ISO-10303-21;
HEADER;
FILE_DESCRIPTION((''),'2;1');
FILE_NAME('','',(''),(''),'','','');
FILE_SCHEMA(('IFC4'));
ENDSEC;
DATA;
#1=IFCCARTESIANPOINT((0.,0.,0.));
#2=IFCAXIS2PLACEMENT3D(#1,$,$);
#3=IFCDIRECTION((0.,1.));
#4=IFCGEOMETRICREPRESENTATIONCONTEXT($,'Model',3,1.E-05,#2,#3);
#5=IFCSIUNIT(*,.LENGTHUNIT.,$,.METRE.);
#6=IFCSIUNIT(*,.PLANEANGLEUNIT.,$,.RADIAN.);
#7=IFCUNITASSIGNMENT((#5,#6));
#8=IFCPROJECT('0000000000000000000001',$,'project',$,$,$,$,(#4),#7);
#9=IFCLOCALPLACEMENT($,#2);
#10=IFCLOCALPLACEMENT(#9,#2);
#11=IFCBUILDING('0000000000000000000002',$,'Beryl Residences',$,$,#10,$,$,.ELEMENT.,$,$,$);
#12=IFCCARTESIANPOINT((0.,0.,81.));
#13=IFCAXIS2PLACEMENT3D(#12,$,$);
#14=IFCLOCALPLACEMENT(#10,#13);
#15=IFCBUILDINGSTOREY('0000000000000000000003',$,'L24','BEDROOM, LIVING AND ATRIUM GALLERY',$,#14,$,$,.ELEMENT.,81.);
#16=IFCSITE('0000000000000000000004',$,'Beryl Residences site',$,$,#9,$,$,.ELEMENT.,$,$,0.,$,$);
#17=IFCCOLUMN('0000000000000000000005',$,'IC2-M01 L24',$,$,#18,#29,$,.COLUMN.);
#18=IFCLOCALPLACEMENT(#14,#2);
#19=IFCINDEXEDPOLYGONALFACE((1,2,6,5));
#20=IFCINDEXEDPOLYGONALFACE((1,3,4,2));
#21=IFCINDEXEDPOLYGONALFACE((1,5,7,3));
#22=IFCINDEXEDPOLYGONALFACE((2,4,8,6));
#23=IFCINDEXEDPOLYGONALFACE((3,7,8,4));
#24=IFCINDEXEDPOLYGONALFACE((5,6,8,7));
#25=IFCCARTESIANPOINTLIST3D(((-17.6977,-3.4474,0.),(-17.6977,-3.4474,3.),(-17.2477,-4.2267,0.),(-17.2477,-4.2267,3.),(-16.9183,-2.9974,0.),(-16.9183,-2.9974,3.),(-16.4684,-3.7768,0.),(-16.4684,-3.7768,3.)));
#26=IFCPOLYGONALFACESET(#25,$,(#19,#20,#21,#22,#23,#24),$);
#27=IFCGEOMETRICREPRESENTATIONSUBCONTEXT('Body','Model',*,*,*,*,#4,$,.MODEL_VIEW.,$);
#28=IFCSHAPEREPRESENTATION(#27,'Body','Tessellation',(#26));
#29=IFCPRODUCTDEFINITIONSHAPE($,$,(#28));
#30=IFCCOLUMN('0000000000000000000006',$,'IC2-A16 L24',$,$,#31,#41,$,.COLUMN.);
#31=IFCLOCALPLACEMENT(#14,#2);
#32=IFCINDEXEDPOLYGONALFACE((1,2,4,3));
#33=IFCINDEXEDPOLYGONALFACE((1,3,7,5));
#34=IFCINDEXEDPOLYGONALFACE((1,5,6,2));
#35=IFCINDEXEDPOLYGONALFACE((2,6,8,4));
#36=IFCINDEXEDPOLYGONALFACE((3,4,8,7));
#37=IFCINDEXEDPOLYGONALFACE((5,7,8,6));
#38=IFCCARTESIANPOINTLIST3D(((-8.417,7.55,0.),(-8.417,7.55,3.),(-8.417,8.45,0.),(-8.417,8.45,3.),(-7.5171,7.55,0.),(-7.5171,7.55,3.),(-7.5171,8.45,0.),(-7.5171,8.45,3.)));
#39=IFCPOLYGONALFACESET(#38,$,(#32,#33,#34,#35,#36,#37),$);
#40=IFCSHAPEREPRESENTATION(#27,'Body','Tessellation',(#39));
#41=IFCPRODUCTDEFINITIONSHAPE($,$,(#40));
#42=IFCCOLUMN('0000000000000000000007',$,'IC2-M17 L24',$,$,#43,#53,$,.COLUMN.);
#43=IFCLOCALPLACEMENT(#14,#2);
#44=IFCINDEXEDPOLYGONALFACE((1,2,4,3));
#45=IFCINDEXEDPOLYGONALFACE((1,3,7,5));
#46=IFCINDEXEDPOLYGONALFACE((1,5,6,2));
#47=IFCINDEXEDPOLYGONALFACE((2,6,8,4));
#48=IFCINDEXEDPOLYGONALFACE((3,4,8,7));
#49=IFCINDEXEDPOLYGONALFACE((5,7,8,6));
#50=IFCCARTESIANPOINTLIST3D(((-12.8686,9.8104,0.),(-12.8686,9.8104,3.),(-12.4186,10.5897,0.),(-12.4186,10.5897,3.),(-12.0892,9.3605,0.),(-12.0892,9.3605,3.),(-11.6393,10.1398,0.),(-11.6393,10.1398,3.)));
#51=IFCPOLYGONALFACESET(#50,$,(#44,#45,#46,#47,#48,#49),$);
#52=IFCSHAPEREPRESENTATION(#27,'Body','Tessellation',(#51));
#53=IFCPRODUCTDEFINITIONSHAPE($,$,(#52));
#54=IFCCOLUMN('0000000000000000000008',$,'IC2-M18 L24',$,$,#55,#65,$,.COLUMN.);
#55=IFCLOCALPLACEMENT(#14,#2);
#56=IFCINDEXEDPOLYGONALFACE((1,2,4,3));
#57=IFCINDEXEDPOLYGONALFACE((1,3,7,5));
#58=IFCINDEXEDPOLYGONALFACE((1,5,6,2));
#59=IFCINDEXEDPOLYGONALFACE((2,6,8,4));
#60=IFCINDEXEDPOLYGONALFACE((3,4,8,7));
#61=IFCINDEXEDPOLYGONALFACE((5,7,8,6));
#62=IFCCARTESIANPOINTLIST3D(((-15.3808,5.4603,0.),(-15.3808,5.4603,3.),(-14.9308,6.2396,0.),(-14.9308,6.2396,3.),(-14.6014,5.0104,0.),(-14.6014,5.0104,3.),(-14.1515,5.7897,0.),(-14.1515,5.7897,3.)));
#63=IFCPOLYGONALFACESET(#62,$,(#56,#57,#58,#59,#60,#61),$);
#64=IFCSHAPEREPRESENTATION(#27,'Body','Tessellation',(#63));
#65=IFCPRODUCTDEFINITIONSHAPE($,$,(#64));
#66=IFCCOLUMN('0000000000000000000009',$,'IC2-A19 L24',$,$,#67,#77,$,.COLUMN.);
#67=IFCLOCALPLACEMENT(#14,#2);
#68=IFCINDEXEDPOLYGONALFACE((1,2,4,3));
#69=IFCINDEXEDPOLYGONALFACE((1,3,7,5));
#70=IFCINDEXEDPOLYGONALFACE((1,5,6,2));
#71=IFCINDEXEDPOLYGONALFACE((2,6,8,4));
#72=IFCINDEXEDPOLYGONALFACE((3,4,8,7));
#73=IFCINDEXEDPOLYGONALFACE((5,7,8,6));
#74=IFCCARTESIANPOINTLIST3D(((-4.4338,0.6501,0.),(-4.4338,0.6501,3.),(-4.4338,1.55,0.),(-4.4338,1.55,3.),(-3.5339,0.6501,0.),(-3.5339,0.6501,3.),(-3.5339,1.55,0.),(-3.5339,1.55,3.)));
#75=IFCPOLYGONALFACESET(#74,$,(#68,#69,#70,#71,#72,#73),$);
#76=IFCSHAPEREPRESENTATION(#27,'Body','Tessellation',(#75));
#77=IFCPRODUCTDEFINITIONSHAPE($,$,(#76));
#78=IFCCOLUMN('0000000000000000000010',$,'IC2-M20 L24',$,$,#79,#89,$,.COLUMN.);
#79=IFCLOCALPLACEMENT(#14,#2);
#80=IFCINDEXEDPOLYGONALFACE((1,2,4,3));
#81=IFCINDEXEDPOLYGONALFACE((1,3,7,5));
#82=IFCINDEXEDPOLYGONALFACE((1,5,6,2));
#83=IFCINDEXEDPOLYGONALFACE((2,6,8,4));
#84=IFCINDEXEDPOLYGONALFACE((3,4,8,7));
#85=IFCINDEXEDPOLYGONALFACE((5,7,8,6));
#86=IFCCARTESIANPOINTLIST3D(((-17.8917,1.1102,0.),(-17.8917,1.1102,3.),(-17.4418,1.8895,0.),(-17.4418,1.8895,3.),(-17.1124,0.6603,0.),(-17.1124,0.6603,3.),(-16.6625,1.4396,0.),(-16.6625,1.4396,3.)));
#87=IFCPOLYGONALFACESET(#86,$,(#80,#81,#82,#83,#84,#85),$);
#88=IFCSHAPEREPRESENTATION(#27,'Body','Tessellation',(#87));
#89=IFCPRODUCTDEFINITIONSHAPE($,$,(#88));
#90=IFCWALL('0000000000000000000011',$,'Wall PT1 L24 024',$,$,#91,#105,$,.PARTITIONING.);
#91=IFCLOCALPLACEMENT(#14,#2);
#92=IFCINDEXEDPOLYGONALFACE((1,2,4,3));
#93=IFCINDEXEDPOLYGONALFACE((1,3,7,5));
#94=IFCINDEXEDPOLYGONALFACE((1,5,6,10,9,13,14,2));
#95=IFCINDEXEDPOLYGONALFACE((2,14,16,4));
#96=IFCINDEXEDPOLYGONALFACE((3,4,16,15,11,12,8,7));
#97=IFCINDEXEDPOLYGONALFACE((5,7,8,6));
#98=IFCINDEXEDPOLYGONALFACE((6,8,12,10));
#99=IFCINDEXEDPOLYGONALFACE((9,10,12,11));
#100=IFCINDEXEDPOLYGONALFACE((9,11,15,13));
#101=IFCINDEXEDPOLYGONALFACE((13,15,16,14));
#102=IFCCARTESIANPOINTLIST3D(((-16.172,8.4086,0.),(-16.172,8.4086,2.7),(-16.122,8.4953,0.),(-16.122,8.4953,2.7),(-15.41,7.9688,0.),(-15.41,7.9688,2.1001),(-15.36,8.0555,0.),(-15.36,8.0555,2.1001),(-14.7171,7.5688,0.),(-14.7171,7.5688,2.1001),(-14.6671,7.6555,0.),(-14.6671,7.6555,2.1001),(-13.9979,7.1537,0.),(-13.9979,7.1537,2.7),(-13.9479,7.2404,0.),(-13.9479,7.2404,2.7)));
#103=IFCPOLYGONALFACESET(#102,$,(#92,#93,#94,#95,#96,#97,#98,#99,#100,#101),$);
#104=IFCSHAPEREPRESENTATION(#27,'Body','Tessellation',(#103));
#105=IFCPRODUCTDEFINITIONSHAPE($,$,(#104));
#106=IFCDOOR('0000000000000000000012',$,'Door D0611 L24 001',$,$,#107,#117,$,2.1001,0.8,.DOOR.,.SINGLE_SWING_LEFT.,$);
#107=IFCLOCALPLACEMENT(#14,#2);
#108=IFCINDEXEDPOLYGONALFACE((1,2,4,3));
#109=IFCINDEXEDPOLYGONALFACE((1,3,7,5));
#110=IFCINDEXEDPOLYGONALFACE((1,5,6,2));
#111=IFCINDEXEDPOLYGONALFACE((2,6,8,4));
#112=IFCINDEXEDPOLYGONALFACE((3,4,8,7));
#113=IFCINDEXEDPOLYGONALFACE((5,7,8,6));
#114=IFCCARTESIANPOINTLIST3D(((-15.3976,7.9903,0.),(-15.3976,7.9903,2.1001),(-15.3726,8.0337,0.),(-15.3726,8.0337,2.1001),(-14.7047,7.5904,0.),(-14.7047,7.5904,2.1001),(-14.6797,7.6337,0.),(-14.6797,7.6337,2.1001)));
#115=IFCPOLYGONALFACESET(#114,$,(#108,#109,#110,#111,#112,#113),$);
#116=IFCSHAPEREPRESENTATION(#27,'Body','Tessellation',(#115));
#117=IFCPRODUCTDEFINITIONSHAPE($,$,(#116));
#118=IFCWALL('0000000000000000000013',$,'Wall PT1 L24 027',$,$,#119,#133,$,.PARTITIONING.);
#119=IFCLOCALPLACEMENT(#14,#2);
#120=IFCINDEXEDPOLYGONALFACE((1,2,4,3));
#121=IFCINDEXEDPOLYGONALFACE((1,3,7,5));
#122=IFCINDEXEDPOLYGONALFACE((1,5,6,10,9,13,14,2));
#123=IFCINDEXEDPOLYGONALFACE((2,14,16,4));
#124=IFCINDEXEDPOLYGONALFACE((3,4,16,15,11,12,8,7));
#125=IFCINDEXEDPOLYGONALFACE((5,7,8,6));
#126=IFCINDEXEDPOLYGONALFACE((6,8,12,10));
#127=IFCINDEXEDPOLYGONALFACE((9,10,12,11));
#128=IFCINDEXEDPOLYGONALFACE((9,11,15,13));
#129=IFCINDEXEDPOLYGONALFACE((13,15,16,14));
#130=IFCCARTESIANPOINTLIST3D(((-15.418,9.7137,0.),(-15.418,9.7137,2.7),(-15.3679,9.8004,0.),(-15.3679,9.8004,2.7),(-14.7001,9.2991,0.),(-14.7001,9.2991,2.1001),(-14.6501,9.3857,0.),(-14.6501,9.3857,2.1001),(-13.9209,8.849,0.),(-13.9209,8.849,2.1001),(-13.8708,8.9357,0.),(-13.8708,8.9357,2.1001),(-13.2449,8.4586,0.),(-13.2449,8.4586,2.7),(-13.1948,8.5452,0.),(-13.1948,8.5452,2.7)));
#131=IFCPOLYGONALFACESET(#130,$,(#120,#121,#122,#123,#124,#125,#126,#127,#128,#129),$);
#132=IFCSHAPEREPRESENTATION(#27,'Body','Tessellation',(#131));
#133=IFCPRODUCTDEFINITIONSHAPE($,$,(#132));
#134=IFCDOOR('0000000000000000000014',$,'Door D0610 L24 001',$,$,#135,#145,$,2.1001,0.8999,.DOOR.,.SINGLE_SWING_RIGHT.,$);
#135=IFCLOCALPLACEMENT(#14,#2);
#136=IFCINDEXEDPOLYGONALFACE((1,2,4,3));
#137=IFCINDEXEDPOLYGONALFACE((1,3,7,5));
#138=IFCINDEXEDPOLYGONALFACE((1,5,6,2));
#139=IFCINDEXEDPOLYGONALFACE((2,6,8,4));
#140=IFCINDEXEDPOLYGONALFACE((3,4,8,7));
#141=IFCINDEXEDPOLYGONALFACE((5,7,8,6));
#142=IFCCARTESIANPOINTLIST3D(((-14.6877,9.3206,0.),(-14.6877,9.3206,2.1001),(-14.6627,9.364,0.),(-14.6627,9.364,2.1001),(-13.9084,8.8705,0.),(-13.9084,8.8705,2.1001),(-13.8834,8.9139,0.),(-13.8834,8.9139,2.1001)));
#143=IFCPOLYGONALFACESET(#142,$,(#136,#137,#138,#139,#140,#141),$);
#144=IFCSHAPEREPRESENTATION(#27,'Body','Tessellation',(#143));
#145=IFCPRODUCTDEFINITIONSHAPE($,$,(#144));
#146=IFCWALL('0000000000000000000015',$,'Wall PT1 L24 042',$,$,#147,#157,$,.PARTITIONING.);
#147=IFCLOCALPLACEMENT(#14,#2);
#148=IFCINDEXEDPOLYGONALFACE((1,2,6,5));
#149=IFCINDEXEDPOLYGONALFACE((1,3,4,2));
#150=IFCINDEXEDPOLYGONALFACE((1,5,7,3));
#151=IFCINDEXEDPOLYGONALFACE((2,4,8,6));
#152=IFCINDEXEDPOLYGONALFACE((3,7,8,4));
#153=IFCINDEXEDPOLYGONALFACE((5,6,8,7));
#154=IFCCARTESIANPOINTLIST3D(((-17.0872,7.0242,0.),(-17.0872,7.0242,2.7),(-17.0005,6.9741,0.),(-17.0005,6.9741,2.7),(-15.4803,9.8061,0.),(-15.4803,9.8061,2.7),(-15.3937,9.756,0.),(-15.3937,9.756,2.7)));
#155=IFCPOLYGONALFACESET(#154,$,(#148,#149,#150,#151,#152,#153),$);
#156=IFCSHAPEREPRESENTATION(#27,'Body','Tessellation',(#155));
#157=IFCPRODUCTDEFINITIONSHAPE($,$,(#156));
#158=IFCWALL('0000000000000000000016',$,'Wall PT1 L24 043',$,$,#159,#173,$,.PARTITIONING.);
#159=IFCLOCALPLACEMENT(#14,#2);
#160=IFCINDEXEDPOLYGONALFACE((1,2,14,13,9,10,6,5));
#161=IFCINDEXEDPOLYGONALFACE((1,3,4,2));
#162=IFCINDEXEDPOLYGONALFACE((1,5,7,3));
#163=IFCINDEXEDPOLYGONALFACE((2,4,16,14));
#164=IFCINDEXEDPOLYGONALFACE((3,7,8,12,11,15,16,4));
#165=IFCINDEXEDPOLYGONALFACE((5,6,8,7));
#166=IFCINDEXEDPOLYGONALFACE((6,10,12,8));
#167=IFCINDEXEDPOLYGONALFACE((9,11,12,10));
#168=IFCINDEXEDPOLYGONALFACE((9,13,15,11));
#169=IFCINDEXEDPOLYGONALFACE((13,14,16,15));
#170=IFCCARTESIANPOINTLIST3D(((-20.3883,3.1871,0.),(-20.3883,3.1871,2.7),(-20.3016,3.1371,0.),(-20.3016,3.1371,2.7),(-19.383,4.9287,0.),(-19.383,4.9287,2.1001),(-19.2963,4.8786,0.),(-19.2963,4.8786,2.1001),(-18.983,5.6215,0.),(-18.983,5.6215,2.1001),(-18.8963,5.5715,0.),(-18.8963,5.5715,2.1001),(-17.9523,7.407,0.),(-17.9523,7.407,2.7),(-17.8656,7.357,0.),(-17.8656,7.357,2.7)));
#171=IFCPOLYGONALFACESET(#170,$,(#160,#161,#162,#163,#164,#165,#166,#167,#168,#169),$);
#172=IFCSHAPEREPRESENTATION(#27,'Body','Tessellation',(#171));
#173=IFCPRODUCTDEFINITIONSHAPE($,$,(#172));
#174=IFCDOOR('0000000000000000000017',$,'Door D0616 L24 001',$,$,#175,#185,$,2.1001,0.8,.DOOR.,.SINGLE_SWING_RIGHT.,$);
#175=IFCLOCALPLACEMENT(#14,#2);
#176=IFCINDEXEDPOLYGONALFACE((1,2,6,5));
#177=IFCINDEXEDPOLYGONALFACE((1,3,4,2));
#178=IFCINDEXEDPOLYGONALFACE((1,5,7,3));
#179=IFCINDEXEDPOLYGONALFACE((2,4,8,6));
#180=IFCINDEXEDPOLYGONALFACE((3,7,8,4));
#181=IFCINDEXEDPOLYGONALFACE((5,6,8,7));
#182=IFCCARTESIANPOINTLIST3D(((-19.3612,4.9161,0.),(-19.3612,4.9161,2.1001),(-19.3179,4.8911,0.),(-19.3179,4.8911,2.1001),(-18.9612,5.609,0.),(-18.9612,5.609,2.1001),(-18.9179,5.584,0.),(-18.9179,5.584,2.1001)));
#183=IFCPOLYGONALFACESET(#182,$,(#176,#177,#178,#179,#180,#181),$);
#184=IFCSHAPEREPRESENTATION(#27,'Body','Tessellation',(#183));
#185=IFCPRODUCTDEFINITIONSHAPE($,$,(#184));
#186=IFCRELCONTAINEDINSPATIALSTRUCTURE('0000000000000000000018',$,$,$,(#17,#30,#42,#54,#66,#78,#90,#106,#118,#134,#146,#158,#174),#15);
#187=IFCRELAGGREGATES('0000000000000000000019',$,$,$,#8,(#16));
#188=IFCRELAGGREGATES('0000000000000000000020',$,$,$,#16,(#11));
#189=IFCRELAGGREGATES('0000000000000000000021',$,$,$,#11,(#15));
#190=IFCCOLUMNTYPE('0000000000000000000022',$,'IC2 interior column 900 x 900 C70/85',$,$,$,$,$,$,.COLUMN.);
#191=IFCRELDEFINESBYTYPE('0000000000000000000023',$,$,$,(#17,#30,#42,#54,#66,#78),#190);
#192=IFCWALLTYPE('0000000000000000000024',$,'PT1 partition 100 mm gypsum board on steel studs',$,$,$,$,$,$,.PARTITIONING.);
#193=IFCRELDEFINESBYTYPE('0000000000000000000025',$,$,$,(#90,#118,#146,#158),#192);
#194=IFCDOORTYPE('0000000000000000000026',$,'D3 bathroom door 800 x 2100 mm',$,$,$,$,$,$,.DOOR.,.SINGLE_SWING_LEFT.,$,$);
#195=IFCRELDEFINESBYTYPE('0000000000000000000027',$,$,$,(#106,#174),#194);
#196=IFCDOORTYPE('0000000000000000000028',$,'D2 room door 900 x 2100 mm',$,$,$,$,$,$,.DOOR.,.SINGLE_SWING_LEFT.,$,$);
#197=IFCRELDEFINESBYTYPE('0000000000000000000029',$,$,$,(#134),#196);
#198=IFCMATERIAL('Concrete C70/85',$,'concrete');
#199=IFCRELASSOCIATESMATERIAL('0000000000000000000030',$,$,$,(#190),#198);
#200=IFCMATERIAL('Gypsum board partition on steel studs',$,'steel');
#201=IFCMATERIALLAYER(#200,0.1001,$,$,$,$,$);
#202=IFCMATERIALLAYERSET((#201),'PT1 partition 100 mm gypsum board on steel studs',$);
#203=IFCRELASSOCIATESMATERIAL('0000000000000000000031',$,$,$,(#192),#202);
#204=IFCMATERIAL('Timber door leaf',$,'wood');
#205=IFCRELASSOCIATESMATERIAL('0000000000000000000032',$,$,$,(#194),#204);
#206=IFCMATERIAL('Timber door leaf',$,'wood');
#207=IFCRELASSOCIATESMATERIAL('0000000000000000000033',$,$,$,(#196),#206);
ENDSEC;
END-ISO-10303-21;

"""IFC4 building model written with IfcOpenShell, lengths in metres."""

from ifc_helpers import new_model, si_unit, direction, frame, frame_2d, origin, origin_2d, place, context, subcontext, project, spatial, rectangle, extrude, material, layer, layer_set, material_profile, profile_set, type_object, element, fill, save


model = new_model("IFC4")

# Units and contexts
model_context = context("Model", 3, precision=1e-05, world=origin(), true_north=direction((0.0, 1.0)))
body_context = subcontext(model_context, "Body", "Model", "MODEL_VIEW")
ifc_project = project(units=[si_unit("LENGTHUNIT", "METRE"), si_unit("PLANEANGLEUNIT", "RADIAN")], contexts=[model_context])

# Site, building, storey
site_placement = place(None, origin())
site = spatial("IfcSite", under=ifc_project, at=site_placement, Name="Beryl Residences site", CompositionType="ELEMENT", RefElevation=0.0)
building_placement = place(site_placement, origin())
building = spatial("IfcBuilding", under=site, at=building_placement, Name="Beryl Residences", CompositionType="ELEMENT")
storey_placement = place(building_placement, frame((0.0, 0.0, 81.0)))
storey = spatial("IfcBuildingStorey", under=building, at=storey_placement, Name="L24", Description="BEDROOM, LIVING AND ATRIUM GALLERY", CompositionType="ELEMENT", Elevation=81.0)

# Columns
ifc_material_1 = material(Name="Concrete C70/85", Category="concrete")
ifc_material_profile = material_profile(ifc_material_1, rectangle(XDim=0.8999, YDim=0.8999, at=origin_2d()))
ifc_profile_set = profile_set([ifc_material_profile], Name="Concrete C70/85")
column_type = type_object("IfcColumnType", Name="IC2 interior column 900 x 900 C70/85", PredefinedType="COLUMN", material=ifc_profile_set)
for number, where, z_axis, x_axis, name in (
    (1, (-17.083, -3.6121, 0.0), (0.0, 0.0, 1.0), (0.5, -0.866025, 0.0), "IC2-M01 L24"),
    (2, (-7.967, 8.0, 0.0), (0.0, 0.0, 1.0), (1.0, 0.0, 0.0), "IC2-A16 L24"),
    (3, (-12.2539, 9.9751, 0.0), (0.0, 0.0, 1.0), (-0.5, -0.866025, 0.0), "IC2-M17 L24"),
    (4, (-14.7661, 5.625, 0.0), (0.0, 0.0, 1.0), (-0.5, -0.866025, 0.0), "IC2-M18 L24"),
    (5, (-3.9839, 1.1001, 0.0), (0.0, 0.0, 1.0), (1.0, 0.0, 0.0), "IC2-A19 L24"),
    (6, (-17.2771, 1.2749, 0.0), (0.0, 0.0, 1.0), (-0.5, -0.866025, 0.0), "IC2-M20 L24"),
):
    element("IfcColumn", number, at=place(storey_placement, frame(where, z_axis=z_axis, x_axis=x_axis)), inside=storey, type_object=column_type, Name=name, PredefinedType="COLUMN", context=body_context, shape_type="SweptSolid", body=[
        extrude(rectangle(XDim=0.8999, YDim=0.8999, at=origin_2d()), origin(), (0.0, 0.0, 1.0), 3.0),
    ])

# Walls, openings, doors
ifc_material_2 = material(Name="Gypsum board partition on steel studs", Category="steel")
ifc_layer_1 = layer(ifc_material_2, 0.1001)
ifc_layer_set_1 = layer_set([ifc_layer_1], Name="PT1 partition 100 mm gypsum board on steel studs")
wall_type_1 = type_object("IfcWallType", Name="PT1 partition 100 mm gypsum board on steel studs", PredefinedType="PARTITIONING", material=ifc_layer_set_1)
wall_1_placement = place(storey_placement, frame((-16.147, 8.4519, 0.0), z_axis=(0.0, 0.0, 1.0), x_axis=(0.86608, -0.499905, 0.0)))
wall_1 = element("IfcWall", 7, at=wall_1_placement, inside=storey, type_object=wall_type_1, Name="Wall PT1 L24 024", PredefinedType="PARTITIONING", context=body_context, shape_type="SweptSolid", body=[
    extrude(rectangle(XDim=2.5103, YDim=0.1001, at=frame_2d((1.2551, 0.0))), origin(), (0.0, 0.0, 1.0), 2.7),
])
opening_1_placement = place(wall_1_placement, frame((0.8799, 0.0, 0.0)))
opening_1 = element("IfcOpeningElement", 8, at=opening_1_placement, cuts=wall_1, PredefinedType="OPENING", context=body_context, shape_type="SweptSolid", body=[
    extrude(rectangle(XDim=0.8, YDim=2.1001, at=frame_2d((0.3999, 1.05))), frame((0.0, 0.0601, 0.0), z_axis=(0.0, -1.0, 0.0), x_axis=(1.0, 0.0, 0.0)), (0.0, 0.0, 1.0), 0.1201),
])
ifc_material_3 = material(Name="Timber door leaf", Category="wood")
door_type_1 = type_object("IfcDoorType", Name="D3 bathroom door 800 x 2100 mm", OperationType="SINGLE_SWING_LEFT", PredefinedType="DOOR", material=ifc_material_3)
door_1_placement = place(opening_1_placement, origin())
door_1 = element("IfcDoor", 9, at=door_1_placement, inside=storey, type_object=door_type_1, Name="Door D0611 L24 001", OperationType="SINGLE_SWING_LEFT", OverallHeight=2.1001, OverallWidth=0.8, PredefinedType="DOOR", context=body_context, shape_type="SweptSolid", body=[
    extrude(rectangle(XDim=0.8, YDim=2.1001, at=frame_2d((0.3999, 1.05))), frame((0.0, 0.0249, 0.0), z_axis=(0.0, -1.0, 0.0), x_axis=(1.0, 0.0, 0.0)), (0.0, 0.0, 1.0), 0.05),
])
fill(opening_1, door_1)
wall_2_placement = place(storey_placement, frame((-15.3931, 9.7571, 0.0), z_axis=(0.0, 0.0, 1.0), x_axis=(0.865941, -0.500146, 0.0)))
wall_2 = element("IfcWall", 10, at=wall_2_placement, inside=storey, type_object=wall_type_1, Name="Wall PT1 L24 027", PredefinedType="PARTITIONING", context=body_context, shape_type="SweptSolid", body=[
    extrude(rectangle(XDim=2.5095, YDim=0.1001, at=frame_2d((1.2549, 0.0))), origin(), (0.0, 0.0, 1.0), 2.7),
])
opening_2_placement = place(wall_2_placement, frame((0.8291, 0.0, 0.0)))
opening_2 = element("IfcOpeningElement", 11, at=opening_2_placement, cuts=wall_2, PredefinedType="OPENING", context=body_context, shape_type="SweptSolid", body=[
    extrude(rectangle(XDim=0.8999, YDim=2.1001, at=frame_2d((0.45, 1.05))), frame((0.0, 0.0601, 0.0), z_axis=(0.0, -1.0, 0.0), x_axis=(1.0, 0.0, 0.0)), (0.0, 0.0, 1.0), 0.1201),
])
ifc_material_4 = material(Name="Timber door leaf", Category="wood")
door_type_2 = type_object("IfcDoorType", Name="D2 room door 900 x 2100 mm", OperationType="SINGLE_SWING_LEFT", PredefinedType="DOOR", material=ifc_material_4)
door_2_placement = place(opening_2_placement, origin())
door_2 = element("IfcDoor", 12, at=door_2_placement, inside=storey, type_object=door_type_2, Name="Door D0610 L24 001", OperationType="SINGLE_SWING_RIGHT", OverallHeight=2.1001, OverallWidth=0.8999, PredefinedType="DOOR", context=body_context, shape_type="SweptSolid", body=[
    extrude(rectangle(XDim=0.8999, YDim=2.1001, at=frame_2d((0.45, 1.05))), frame((0.0, 0.0249, 0.0), z_axis=(0.0, -1.0, 0.0), x_axis=(1.0, 0.0, 0.0)), (0.0, 0.0, 1.0), 0.05),
])
fill(opening_2, door_2)

# Wall
wall_3_placement = place(storey_placement, frame((-17.0439, 6.999, 0.0), z_axis=(0.0, 0.0, 1.0), x_axis=(0.500176, 0.865924, 0.0)))
element("IfcWall", 13, at=wall_3_placement, inside=storey, type_object=wall_type_1, Name="Wall PT1 L24 042", PredefinedType="PARTITIONING", context=body_context, shape_type="SweptSolid", body=[
    extrude(rectangle(XDim=3.2126, YDim=0.1001, at=frame_2d((1.6064, 0.0))), origin(), (0.0, 0.0, 1.0), 2.7),
])

# Wall, opening, door
wall_4_placement = place(storey_placement, frame((-20.345, 3.1621, 0.0), z_axis=(0.0, 0.0, 1.0), x_axis=(0.499944, 0.866058, 0.0)))
wall_4 = element("IfcWall", 14, at=wall_4_placement, inside=storey, type_object=wall_type_1, Name="Wall PT1 L24 043", PredefinedType="PARTITIONING", context=body_context, shape_type="SweptSolid", body=[
    extrude(rectangle(XDim=4.8726, YDim=0.1001, at=frame_2d((2.4363, 0.0))), origin(), (0.0, 0.0, 1.0), 2.7),
])
opening_3_placement = place(wall_4_placement, frame((2.011, 0.0, 0.0)))
opening_3 = element("IfcOpeningElement", 15, at=opening_3_placement, cuts=wall_4, PredefinedType="OPENING", context=body_context, shape_type="SweptSolid", body=[
    extrude(rectangle(XDim=0.8, YDim=2.1001, at=frame_2d((0.3999, 1.05))), frame((0.0, 0.0601, 0.0), z_axis=(0.0, -1.0, 0.0), x_axis=(1.0, 0.0, 0.0)), (0.0, 0.0, 1.0), 0.1201),
])
door_3_placement = place(opening_3_placement, origin())
door_3 = element("IfcDoor", 16, at=door_3_placement, inside=storey, type_object=door_type_1, Name="Door D0616 L24 001", OperationType="SINGLE_SWING_RIGHT", OverallHeight=2.1001, OverallWidth=0.8, PredefinedType="DOOR", context=body_context, shape_type="SweptSolid", body=[
    extrude(rectangle(XDim=0.8, YDim=2.1001, at=frame_2d((0.3999, 1.05))), frame((0.0, 0.0249, 0.0), z_axis=(0.0, -1.0, 0.0), x_axis=(1.0, 0.0, 0.0)), (0.0, 0.0, 1.0), 0.05),
])
fill(opening_3, door_3)

save(model, "model.ifc")
